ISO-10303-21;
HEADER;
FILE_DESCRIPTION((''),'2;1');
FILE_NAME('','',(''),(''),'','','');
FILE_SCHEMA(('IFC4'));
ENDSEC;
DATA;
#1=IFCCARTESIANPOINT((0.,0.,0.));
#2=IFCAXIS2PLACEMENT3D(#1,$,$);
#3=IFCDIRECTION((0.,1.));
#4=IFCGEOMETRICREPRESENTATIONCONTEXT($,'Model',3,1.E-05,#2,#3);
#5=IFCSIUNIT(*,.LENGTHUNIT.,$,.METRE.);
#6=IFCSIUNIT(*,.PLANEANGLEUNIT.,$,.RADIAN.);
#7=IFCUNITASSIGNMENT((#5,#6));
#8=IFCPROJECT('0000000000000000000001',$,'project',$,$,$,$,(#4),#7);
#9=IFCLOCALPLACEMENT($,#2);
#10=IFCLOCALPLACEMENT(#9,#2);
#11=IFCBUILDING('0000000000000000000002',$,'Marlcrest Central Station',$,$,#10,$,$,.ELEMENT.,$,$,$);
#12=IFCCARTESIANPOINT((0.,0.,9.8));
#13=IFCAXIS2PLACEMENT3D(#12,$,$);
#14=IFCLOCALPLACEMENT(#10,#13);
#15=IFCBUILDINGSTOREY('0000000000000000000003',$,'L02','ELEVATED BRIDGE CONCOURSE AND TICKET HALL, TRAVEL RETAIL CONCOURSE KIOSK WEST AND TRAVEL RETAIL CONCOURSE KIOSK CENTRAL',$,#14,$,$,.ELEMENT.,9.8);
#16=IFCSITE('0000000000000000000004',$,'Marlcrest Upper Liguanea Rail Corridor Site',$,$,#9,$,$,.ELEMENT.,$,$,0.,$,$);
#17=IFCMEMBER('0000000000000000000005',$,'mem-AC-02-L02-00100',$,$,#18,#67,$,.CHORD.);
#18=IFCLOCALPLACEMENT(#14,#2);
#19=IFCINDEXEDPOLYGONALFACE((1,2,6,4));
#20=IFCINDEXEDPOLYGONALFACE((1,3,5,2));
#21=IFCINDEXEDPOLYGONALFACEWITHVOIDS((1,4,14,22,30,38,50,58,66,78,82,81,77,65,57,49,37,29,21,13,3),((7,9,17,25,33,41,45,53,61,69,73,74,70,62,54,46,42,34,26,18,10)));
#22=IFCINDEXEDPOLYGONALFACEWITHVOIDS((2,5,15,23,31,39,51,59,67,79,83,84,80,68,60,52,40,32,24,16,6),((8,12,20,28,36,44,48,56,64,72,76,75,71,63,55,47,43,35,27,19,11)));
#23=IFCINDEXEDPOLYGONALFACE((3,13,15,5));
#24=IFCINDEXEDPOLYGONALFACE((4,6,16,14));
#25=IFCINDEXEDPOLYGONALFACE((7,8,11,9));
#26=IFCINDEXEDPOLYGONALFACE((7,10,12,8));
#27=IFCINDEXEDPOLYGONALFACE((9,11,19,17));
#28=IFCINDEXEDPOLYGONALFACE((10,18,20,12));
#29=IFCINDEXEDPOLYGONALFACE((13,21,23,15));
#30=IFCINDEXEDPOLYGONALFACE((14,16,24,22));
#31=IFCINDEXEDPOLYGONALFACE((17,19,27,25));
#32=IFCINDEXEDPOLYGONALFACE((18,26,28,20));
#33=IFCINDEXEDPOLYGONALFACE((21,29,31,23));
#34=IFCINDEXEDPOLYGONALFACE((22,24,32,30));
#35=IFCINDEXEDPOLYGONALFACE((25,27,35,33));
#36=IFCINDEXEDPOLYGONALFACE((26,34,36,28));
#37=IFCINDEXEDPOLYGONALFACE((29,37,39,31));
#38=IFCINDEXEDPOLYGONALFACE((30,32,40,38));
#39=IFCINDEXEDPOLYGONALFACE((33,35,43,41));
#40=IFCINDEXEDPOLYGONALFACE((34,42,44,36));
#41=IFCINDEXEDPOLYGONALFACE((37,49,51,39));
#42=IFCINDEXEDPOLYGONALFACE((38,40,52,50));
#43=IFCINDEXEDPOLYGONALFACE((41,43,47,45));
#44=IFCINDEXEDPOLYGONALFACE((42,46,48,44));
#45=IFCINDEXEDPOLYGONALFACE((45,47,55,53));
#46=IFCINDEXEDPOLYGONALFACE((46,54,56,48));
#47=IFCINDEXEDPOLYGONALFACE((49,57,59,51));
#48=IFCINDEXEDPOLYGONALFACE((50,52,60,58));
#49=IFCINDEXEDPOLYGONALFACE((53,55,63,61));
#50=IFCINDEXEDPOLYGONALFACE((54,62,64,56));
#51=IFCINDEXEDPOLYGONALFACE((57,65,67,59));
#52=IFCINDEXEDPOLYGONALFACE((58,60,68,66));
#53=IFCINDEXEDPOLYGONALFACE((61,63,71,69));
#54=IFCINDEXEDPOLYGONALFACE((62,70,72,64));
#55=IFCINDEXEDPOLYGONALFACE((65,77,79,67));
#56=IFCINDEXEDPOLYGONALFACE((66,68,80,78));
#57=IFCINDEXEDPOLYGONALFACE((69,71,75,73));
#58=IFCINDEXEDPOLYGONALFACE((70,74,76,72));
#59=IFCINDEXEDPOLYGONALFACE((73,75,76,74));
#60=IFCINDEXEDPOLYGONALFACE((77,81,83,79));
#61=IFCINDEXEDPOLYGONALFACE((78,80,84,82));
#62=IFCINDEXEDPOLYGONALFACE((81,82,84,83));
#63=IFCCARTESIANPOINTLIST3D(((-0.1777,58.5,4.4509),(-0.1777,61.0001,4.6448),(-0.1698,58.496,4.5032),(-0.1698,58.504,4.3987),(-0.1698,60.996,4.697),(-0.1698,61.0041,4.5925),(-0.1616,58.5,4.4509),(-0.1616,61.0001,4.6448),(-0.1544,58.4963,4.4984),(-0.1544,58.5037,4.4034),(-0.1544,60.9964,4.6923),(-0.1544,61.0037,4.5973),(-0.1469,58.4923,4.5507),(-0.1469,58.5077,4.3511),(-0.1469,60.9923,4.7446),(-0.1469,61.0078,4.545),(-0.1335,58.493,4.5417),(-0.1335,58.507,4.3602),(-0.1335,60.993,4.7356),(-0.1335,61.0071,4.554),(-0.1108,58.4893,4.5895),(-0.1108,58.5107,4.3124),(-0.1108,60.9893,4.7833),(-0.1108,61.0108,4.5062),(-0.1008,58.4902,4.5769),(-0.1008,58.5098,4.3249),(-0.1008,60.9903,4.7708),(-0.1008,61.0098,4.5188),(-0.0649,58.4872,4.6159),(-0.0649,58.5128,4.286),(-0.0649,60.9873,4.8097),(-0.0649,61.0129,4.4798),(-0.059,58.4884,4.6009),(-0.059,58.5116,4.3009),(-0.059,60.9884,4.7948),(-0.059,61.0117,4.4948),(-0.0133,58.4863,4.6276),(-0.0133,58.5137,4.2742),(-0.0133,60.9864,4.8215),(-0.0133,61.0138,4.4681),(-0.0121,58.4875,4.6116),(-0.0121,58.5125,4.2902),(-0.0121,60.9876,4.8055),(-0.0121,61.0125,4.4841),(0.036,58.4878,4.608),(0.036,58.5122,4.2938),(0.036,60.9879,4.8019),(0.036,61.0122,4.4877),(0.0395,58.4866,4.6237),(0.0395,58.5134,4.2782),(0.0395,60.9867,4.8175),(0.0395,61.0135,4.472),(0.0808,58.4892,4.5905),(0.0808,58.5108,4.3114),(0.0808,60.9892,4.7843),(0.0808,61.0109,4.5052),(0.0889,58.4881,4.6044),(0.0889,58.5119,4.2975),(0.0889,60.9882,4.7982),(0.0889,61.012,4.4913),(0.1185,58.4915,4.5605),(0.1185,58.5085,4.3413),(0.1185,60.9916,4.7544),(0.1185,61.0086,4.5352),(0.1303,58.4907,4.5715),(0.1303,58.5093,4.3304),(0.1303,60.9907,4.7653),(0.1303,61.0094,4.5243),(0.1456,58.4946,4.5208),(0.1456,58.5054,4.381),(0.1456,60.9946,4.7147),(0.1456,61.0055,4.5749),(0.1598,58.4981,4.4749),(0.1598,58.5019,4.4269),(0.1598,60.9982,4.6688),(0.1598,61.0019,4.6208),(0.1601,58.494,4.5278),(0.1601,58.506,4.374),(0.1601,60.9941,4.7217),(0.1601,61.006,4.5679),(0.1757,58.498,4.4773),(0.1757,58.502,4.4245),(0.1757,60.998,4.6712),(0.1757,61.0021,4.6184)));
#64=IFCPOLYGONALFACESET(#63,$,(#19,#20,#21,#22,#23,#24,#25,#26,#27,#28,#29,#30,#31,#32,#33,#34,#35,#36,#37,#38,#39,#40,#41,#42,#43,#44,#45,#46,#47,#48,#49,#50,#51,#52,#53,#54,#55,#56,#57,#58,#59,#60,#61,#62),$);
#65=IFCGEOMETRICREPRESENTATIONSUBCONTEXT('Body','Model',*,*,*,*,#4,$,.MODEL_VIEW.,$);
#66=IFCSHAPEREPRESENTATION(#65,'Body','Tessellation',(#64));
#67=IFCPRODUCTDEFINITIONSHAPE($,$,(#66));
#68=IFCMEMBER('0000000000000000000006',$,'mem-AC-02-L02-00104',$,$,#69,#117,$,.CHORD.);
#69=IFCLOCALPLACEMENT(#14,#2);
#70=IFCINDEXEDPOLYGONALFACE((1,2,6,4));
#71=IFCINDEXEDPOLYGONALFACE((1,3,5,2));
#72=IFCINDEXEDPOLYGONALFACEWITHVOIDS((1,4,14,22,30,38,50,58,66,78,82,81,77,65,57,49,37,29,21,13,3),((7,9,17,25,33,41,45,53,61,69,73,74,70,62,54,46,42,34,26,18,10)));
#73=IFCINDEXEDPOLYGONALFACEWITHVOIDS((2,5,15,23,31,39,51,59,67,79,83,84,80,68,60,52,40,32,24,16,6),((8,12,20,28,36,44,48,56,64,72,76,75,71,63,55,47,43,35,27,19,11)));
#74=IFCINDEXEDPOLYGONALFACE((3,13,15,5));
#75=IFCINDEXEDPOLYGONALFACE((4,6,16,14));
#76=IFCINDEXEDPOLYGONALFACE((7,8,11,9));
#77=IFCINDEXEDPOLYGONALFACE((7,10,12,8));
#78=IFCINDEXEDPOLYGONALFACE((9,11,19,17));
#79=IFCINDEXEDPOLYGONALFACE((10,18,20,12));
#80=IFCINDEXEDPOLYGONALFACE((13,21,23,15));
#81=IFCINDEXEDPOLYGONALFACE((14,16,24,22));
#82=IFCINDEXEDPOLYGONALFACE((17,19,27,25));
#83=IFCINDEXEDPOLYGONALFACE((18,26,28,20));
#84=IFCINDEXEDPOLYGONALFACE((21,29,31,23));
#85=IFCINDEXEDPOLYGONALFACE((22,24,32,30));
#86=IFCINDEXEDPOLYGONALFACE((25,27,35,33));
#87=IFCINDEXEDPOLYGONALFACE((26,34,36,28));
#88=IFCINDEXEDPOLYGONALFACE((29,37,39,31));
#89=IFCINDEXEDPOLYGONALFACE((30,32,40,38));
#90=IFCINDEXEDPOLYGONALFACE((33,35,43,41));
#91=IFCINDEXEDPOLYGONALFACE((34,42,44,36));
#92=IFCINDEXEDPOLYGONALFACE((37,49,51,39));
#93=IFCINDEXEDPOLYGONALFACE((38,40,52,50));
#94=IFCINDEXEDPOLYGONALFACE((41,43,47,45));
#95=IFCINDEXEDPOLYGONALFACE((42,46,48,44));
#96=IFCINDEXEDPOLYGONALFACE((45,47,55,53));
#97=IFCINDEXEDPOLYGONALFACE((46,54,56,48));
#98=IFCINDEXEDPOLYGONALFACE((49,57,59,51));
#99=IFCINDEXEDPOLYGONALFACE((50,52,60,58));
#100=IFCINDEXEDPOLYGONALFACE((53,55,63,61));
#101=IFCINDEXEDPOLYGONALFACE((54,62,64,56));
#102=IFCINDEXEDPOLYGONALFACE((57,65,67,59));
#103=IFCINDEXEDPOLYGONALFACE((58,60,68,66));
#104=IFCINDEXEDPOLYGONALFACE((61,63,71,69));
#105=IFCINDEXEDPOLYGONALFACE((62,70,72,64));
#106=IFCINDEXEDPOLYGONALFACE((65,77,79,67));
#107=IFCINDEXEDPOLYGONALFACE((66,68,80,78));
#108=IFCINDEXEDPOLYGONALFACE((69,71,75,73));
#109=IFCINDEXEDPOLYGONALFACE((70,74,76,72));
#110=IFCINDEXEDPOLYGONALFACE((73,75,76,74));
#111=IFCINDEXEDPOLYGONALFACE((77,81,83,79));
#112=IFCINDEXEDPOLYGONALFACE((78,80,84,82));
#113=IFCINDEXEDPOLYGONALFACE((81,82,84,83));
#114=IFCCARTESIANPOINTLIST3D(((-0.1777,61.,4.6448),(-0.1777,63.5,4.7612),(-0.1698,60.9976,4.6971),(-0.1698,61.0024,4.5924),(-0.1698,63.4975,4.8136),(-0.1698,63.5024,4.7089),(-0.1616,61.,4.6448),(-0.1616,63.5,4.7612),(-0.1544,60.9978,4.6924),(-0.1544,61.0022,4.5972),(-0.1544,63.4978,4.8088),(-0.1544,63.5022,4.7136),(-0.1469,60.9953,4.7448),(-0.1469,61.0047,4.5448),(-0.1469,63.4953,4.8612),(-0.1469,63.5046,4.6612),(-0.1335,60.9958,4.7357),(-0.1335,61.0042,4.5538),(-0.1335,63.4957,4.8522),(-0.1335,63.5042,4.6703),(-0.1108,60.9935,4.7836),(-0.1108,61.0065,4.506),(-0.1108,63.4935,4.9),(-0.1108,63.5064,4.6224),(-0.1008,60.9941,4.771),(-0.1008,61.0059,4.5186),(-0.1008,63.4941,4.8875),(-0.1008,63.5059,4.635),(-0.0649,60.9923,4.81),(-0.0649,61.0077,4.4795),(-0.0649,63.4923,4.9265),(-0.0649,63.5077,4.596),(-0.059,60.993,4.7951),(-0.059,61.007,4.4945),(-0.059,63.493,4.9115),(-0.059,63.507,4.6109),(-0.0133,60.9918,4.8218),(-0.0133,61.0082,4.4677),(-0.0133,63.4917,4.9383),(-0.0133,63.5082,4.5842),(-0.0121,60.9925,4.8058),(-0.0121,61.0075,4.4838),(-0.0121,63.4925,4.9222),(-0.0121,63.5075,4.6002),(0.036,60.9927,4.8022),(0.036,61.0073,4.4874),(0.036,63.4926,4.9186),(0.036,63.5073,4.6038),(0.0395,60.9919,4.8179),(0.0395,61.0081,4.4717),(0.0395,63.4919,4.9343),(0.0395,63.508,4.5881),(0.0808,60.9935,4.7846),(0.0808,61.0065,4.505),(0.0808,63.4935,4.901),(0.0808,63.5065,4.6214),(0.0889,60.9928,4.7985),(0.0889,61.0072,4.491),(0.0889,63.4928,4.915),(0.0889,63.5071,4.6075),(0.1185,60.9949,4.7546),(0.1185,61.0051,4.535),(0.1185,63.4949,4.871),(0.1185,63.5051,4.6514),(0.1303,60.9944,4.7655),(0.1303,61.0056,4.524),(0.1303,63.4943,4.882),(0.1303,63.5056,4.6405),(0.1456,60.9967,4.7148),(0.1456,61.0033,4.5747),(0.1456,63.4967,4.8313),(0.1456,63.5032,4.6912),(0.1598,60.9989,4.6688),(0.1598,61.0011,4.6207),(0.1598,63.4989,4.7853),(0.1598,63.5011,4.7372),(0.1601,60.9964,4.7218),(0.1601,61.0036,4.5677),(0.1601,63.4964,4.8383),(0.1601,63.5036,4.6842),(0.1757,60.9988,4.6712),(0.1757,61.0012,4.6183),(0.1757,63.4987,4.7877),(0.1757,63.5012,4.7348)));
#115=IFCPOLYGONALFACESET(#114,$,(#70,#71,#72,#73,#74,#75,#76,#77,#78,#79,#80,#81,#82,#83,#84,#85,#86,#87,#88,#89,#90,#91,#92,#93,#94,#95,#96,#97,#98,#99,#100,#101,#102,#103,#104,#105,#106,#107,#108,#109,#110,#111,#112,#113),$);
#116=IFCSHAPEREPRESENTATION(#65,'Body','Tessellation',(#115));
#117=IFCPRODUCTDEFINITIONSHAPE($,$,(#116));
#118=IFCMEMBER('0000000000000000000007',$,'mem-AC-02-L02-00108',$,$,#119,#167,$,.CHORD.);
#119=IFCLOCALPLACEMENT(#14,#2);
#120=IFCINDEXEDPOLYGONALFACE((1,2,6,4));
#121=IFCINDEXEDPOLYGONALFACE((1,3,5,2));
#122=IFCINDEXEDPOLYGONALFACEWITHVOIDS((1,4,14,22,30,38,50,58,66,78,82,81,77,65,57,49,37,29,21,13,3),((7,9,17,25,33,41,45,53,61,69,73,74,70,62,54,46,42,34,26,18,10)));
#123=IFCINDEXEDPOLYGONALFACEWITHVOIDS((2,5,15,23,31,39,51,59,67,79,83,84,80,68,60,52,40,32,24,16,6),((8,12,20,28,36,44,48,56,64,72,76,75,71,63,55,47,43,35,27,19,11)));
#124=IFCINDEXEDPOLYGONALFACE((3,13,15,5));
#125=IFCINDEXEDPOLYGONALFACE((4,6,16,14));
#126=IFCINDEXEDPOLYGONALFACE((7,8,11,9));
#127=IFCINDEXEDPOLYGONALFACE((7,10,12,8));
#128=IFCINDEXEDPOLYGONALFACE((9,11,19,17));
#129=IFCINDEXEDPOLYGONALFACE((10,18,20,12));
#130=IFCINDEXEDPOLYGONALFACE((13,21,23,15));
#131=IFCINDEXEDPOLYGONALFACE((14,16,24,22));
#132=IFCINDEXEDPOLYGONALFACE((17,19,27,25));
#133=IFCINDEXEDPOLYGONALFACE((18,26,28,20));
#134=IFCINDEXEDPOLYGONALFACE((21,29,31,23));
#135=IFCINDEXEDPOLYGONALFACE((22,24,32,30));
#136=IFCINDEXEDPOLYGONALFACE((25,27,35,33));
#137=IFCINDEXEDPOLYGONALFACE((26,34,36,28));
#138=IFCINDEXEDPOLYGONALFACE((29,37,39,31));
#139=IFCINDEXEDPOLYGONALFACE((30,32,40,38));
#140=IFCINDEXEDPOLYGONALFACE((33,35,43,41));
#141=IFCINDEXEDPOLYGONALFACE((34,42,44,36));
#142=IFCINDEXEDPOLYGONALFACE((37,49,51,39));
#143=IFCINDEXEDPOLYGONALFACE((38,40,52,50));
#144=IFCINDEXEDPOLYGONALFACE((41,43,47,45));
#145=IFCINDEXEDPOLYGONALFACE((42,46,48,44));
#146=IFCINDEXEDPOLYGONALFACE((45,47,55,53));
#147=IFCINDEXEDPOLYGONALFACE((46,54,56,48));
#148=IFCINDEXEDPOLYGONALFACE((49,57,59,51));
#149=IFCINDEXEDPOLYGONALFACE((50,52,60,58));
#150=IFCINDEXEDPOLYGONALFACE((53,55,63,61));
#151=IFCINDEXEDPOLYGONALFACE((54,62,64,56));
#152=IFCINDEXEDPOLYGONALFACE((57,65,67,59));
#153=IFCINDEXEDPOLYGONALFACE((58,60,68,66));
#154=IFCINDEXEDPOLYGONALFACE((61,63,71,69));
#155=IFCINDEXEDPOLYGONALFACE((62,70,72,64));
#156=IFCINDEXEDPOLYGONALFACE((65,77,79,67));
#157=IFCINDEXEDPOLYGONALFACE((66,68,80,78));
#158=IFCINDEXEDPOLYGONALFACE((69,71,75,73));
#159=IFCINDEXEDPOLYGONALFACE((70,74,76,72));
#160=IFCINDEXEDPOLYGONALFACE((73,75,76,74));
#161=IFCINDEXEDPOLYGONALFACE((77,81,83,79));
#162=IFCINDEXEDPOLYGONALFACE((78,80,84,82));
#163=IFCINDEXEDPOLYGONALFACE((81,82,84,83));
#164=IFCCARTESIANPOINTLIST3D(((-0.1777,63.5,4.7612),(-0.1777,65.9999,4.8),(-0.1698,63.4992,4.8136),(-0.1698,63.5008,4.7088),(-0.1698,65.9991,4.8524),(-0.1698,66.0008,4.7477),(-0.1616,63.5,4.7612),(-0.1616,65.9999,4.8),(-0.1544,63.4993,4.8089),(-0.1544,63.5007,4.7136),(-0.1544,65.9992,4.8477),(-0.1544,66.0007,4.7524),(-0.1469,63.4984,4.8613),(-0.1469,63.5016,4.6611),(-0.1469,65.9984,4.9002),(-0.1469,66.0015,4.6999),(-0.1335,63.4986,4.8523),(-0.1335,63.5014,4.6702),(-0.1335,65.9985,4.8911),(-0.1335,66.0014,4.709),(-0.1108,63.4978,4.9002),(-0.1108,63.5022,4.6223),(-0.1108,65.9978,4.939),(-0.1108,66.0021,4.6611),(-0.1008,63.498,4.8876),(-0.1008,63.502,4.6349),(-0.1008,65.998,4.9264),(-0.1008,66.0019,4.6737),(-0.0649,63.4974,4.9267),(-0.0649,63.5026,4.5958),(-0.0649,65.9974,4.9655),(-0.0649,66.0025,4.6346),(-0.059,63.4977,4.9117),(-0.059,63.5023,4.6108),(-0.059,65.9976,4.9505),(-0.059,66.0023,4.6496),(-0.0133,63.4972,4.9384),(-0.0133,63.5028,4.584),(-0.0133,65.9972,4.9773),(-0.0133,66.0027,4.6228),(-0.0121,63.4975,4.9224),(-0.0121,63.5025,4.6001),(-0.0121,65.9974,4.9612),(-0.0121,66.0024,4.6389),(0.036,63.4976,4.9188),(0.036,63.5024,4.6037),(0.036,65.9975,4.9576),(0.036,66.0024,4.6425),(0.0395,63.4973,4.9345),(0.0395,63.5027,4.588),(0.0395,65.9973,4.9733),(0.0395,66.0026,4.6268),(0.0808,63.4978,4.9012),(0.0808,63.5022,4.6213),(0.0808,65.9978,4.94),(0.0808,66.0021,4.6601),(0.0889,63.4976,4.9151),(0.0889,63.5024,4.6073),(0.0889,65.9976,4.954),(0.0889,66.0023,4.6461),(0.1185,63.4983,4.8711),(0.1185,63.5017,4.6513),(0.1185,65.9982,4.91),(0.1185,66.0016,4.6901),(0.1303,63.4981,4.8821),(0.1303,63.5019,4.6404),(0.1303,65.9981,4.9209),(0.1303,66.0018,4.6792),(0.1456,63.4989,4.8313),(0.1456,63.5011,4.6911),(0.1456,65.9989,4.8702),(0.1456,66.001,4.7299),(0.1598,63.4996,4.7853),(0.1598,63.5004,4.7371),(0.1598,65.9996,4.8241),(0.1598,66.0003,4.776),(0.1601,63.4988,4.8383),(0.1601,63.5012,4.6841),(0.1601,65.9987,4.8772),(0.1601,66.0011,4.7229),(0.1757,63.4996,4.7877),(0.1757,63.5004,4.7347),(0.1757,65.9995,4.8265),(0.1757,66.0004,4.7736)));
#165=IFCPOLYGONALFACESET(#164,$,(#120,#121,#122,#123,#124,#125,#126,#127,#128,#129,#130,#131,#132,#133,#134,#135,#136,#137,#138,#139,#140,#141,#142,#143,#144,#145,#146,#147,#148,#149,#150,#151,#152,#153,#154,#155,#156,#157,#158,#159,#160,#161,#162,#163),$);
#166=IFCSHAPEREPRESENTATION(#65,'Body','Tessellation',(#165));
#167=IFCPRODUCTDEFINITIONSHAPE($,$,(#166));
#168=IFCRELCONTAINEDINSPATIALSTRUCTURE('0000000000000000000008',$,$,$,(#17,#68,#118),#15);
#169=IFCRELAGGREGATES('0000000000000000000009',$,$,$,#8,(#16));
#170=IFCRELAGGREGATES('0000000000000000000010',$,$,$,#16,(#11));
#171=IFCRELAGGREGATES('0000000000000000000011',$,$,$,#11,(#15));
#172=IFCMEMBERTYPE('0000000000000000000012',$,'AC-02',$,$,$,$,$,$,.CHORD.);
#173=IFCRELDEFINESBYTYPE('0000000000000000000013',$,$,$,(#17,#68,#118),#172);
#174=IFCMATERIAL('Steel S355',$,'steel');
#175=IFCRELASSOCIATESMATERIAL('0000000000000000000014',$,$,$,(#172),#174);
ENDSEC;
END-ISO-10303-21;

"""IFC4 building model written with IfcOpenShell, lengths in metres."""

from ifc_helpers import new_model, si_unit, direction, frame, origin, origin_2d, place, context, subcontext, project, spatial, hollow_circle, extrude, material, material_profile, profile_set, type_object, element, save


model = new_model("IFC4")

# Units and contexts
model_context = context("Model", 3, precision=1e-05, world=origin(), true_north=direction((0.0, 1.0)))
body_context = subcontext(model_context, "Body", "Model", "MODEL_VIEW")
ifc_project = project(units=[si_unit("LENGTHUNIT", "METRE"), si_unit("PLANEANGLEUNIT", "RADIAN")], contexts=[model_context])

# Site, building, storey
site_placement = place(None, origin())
site = spatial("IfcSite", under=ifc_project, at=site_placement, Name="Marlcrest Upper Liguanea Rail Corridor Site", CompositionType="ELEMENT", RefElevation=0.0)
building_placement = place(site_placement, origin())
building = spatial("IfcBuilding", under=site, at=building_placement, Name="Marlcrest Central Station", CompositionType="ELEMENT")
storey_placement = place(building_placement, frame((0.0, 0.0, 9.8)))
storey = spatial("IfcBuildingStorey", under=building, at=storey_placement, Name="L02", Description="ELEVATED BRIDGE CONCOURSE AND TICKET HALL, TRAVEL RETAIL CONCOURSE KIOSK WEST AND TRAVEL RETAIL CONCOURSE KIOSK CENTRAL", CompositionType="ELEMENT", Elevation=9.8)

# Members
ifc_material = material(Name="Steel S355", Category="steel")
ifc_material_profile_1 = material_profile(ifc_material, hollow_circle(Radius=0.1777, WallThickness=0.0161, at=origin_2d()), Name="CHS 355.6x16")
ifc_profile_set_1 = profile_set([ifc_material_profile_1], Name="Steel S355")
member_type_1 = type_object("IfcMemberType", Name="AC-02", PredefinedType="CHORD", material=ifc_profile_set_1)
member_1_placement = place(storey_placement, frame((0.0, 58.5, 4.4509), z_axis=(0.0, 0.997007, 0.077307), x_axis=(-1.0, 0.0, 0.0)))
element("IfcMember", 1, at=member_1_placement, inside=storey, type_object=member_type_1, Name="mem-AC-02-L02-00100", PredefinedType="CHORD", context=body_context, shape_type="SweptSolid", body=[
    extrude(hollow_circle(Radius=0.1777, WallThickness=0.0161, at=origin_2d()), origin(), (0.0, 0.0, 1.0), 2.5076),
])
member_2_placement = place(storey_placement, frame((0.0, 61.0, 4.6448), z_axis=(0.0, 0.998917, 0.046532), x_axis=(-1.0, 0.0, 0.0)))
element("IfcMember", 2, at=member_2_placement, inside=storey, type_object=member_type_1, Name="mem-AC-02-L02-00104", PredefinedType="CHORD", context=body_context, shape_type="SweptSolid", body=[
    extrude(hollow_circle(Radius=0.1777, WallThickness=0.0161, at=origin_2d()), origin(), (0.0, 0.0, 1.0), 2.5027),
])
member_3_placement = place(storey_placement, frame((0.0, 63.5, 4.7612), z_axis=(0.0, 0.999879, 0.015525), x_axis=(-1.0, 0.0, 0.0)))
element("IfcMember", 3, at=member_3_placement, inside=storey, type_object=member_type_1, Name="mem-AC-02-L02-00108", PredefinedType="CHORD", context=body_context, shape_type="SweptSolid", body=[
    extrude(hollow_circle(Radius=0.1777, WallThickness=0.0161, at=origin_2d()), origin(), (0.0, 0.0, 1.0), 2.5002),
])

save(model, "model.ifc")
